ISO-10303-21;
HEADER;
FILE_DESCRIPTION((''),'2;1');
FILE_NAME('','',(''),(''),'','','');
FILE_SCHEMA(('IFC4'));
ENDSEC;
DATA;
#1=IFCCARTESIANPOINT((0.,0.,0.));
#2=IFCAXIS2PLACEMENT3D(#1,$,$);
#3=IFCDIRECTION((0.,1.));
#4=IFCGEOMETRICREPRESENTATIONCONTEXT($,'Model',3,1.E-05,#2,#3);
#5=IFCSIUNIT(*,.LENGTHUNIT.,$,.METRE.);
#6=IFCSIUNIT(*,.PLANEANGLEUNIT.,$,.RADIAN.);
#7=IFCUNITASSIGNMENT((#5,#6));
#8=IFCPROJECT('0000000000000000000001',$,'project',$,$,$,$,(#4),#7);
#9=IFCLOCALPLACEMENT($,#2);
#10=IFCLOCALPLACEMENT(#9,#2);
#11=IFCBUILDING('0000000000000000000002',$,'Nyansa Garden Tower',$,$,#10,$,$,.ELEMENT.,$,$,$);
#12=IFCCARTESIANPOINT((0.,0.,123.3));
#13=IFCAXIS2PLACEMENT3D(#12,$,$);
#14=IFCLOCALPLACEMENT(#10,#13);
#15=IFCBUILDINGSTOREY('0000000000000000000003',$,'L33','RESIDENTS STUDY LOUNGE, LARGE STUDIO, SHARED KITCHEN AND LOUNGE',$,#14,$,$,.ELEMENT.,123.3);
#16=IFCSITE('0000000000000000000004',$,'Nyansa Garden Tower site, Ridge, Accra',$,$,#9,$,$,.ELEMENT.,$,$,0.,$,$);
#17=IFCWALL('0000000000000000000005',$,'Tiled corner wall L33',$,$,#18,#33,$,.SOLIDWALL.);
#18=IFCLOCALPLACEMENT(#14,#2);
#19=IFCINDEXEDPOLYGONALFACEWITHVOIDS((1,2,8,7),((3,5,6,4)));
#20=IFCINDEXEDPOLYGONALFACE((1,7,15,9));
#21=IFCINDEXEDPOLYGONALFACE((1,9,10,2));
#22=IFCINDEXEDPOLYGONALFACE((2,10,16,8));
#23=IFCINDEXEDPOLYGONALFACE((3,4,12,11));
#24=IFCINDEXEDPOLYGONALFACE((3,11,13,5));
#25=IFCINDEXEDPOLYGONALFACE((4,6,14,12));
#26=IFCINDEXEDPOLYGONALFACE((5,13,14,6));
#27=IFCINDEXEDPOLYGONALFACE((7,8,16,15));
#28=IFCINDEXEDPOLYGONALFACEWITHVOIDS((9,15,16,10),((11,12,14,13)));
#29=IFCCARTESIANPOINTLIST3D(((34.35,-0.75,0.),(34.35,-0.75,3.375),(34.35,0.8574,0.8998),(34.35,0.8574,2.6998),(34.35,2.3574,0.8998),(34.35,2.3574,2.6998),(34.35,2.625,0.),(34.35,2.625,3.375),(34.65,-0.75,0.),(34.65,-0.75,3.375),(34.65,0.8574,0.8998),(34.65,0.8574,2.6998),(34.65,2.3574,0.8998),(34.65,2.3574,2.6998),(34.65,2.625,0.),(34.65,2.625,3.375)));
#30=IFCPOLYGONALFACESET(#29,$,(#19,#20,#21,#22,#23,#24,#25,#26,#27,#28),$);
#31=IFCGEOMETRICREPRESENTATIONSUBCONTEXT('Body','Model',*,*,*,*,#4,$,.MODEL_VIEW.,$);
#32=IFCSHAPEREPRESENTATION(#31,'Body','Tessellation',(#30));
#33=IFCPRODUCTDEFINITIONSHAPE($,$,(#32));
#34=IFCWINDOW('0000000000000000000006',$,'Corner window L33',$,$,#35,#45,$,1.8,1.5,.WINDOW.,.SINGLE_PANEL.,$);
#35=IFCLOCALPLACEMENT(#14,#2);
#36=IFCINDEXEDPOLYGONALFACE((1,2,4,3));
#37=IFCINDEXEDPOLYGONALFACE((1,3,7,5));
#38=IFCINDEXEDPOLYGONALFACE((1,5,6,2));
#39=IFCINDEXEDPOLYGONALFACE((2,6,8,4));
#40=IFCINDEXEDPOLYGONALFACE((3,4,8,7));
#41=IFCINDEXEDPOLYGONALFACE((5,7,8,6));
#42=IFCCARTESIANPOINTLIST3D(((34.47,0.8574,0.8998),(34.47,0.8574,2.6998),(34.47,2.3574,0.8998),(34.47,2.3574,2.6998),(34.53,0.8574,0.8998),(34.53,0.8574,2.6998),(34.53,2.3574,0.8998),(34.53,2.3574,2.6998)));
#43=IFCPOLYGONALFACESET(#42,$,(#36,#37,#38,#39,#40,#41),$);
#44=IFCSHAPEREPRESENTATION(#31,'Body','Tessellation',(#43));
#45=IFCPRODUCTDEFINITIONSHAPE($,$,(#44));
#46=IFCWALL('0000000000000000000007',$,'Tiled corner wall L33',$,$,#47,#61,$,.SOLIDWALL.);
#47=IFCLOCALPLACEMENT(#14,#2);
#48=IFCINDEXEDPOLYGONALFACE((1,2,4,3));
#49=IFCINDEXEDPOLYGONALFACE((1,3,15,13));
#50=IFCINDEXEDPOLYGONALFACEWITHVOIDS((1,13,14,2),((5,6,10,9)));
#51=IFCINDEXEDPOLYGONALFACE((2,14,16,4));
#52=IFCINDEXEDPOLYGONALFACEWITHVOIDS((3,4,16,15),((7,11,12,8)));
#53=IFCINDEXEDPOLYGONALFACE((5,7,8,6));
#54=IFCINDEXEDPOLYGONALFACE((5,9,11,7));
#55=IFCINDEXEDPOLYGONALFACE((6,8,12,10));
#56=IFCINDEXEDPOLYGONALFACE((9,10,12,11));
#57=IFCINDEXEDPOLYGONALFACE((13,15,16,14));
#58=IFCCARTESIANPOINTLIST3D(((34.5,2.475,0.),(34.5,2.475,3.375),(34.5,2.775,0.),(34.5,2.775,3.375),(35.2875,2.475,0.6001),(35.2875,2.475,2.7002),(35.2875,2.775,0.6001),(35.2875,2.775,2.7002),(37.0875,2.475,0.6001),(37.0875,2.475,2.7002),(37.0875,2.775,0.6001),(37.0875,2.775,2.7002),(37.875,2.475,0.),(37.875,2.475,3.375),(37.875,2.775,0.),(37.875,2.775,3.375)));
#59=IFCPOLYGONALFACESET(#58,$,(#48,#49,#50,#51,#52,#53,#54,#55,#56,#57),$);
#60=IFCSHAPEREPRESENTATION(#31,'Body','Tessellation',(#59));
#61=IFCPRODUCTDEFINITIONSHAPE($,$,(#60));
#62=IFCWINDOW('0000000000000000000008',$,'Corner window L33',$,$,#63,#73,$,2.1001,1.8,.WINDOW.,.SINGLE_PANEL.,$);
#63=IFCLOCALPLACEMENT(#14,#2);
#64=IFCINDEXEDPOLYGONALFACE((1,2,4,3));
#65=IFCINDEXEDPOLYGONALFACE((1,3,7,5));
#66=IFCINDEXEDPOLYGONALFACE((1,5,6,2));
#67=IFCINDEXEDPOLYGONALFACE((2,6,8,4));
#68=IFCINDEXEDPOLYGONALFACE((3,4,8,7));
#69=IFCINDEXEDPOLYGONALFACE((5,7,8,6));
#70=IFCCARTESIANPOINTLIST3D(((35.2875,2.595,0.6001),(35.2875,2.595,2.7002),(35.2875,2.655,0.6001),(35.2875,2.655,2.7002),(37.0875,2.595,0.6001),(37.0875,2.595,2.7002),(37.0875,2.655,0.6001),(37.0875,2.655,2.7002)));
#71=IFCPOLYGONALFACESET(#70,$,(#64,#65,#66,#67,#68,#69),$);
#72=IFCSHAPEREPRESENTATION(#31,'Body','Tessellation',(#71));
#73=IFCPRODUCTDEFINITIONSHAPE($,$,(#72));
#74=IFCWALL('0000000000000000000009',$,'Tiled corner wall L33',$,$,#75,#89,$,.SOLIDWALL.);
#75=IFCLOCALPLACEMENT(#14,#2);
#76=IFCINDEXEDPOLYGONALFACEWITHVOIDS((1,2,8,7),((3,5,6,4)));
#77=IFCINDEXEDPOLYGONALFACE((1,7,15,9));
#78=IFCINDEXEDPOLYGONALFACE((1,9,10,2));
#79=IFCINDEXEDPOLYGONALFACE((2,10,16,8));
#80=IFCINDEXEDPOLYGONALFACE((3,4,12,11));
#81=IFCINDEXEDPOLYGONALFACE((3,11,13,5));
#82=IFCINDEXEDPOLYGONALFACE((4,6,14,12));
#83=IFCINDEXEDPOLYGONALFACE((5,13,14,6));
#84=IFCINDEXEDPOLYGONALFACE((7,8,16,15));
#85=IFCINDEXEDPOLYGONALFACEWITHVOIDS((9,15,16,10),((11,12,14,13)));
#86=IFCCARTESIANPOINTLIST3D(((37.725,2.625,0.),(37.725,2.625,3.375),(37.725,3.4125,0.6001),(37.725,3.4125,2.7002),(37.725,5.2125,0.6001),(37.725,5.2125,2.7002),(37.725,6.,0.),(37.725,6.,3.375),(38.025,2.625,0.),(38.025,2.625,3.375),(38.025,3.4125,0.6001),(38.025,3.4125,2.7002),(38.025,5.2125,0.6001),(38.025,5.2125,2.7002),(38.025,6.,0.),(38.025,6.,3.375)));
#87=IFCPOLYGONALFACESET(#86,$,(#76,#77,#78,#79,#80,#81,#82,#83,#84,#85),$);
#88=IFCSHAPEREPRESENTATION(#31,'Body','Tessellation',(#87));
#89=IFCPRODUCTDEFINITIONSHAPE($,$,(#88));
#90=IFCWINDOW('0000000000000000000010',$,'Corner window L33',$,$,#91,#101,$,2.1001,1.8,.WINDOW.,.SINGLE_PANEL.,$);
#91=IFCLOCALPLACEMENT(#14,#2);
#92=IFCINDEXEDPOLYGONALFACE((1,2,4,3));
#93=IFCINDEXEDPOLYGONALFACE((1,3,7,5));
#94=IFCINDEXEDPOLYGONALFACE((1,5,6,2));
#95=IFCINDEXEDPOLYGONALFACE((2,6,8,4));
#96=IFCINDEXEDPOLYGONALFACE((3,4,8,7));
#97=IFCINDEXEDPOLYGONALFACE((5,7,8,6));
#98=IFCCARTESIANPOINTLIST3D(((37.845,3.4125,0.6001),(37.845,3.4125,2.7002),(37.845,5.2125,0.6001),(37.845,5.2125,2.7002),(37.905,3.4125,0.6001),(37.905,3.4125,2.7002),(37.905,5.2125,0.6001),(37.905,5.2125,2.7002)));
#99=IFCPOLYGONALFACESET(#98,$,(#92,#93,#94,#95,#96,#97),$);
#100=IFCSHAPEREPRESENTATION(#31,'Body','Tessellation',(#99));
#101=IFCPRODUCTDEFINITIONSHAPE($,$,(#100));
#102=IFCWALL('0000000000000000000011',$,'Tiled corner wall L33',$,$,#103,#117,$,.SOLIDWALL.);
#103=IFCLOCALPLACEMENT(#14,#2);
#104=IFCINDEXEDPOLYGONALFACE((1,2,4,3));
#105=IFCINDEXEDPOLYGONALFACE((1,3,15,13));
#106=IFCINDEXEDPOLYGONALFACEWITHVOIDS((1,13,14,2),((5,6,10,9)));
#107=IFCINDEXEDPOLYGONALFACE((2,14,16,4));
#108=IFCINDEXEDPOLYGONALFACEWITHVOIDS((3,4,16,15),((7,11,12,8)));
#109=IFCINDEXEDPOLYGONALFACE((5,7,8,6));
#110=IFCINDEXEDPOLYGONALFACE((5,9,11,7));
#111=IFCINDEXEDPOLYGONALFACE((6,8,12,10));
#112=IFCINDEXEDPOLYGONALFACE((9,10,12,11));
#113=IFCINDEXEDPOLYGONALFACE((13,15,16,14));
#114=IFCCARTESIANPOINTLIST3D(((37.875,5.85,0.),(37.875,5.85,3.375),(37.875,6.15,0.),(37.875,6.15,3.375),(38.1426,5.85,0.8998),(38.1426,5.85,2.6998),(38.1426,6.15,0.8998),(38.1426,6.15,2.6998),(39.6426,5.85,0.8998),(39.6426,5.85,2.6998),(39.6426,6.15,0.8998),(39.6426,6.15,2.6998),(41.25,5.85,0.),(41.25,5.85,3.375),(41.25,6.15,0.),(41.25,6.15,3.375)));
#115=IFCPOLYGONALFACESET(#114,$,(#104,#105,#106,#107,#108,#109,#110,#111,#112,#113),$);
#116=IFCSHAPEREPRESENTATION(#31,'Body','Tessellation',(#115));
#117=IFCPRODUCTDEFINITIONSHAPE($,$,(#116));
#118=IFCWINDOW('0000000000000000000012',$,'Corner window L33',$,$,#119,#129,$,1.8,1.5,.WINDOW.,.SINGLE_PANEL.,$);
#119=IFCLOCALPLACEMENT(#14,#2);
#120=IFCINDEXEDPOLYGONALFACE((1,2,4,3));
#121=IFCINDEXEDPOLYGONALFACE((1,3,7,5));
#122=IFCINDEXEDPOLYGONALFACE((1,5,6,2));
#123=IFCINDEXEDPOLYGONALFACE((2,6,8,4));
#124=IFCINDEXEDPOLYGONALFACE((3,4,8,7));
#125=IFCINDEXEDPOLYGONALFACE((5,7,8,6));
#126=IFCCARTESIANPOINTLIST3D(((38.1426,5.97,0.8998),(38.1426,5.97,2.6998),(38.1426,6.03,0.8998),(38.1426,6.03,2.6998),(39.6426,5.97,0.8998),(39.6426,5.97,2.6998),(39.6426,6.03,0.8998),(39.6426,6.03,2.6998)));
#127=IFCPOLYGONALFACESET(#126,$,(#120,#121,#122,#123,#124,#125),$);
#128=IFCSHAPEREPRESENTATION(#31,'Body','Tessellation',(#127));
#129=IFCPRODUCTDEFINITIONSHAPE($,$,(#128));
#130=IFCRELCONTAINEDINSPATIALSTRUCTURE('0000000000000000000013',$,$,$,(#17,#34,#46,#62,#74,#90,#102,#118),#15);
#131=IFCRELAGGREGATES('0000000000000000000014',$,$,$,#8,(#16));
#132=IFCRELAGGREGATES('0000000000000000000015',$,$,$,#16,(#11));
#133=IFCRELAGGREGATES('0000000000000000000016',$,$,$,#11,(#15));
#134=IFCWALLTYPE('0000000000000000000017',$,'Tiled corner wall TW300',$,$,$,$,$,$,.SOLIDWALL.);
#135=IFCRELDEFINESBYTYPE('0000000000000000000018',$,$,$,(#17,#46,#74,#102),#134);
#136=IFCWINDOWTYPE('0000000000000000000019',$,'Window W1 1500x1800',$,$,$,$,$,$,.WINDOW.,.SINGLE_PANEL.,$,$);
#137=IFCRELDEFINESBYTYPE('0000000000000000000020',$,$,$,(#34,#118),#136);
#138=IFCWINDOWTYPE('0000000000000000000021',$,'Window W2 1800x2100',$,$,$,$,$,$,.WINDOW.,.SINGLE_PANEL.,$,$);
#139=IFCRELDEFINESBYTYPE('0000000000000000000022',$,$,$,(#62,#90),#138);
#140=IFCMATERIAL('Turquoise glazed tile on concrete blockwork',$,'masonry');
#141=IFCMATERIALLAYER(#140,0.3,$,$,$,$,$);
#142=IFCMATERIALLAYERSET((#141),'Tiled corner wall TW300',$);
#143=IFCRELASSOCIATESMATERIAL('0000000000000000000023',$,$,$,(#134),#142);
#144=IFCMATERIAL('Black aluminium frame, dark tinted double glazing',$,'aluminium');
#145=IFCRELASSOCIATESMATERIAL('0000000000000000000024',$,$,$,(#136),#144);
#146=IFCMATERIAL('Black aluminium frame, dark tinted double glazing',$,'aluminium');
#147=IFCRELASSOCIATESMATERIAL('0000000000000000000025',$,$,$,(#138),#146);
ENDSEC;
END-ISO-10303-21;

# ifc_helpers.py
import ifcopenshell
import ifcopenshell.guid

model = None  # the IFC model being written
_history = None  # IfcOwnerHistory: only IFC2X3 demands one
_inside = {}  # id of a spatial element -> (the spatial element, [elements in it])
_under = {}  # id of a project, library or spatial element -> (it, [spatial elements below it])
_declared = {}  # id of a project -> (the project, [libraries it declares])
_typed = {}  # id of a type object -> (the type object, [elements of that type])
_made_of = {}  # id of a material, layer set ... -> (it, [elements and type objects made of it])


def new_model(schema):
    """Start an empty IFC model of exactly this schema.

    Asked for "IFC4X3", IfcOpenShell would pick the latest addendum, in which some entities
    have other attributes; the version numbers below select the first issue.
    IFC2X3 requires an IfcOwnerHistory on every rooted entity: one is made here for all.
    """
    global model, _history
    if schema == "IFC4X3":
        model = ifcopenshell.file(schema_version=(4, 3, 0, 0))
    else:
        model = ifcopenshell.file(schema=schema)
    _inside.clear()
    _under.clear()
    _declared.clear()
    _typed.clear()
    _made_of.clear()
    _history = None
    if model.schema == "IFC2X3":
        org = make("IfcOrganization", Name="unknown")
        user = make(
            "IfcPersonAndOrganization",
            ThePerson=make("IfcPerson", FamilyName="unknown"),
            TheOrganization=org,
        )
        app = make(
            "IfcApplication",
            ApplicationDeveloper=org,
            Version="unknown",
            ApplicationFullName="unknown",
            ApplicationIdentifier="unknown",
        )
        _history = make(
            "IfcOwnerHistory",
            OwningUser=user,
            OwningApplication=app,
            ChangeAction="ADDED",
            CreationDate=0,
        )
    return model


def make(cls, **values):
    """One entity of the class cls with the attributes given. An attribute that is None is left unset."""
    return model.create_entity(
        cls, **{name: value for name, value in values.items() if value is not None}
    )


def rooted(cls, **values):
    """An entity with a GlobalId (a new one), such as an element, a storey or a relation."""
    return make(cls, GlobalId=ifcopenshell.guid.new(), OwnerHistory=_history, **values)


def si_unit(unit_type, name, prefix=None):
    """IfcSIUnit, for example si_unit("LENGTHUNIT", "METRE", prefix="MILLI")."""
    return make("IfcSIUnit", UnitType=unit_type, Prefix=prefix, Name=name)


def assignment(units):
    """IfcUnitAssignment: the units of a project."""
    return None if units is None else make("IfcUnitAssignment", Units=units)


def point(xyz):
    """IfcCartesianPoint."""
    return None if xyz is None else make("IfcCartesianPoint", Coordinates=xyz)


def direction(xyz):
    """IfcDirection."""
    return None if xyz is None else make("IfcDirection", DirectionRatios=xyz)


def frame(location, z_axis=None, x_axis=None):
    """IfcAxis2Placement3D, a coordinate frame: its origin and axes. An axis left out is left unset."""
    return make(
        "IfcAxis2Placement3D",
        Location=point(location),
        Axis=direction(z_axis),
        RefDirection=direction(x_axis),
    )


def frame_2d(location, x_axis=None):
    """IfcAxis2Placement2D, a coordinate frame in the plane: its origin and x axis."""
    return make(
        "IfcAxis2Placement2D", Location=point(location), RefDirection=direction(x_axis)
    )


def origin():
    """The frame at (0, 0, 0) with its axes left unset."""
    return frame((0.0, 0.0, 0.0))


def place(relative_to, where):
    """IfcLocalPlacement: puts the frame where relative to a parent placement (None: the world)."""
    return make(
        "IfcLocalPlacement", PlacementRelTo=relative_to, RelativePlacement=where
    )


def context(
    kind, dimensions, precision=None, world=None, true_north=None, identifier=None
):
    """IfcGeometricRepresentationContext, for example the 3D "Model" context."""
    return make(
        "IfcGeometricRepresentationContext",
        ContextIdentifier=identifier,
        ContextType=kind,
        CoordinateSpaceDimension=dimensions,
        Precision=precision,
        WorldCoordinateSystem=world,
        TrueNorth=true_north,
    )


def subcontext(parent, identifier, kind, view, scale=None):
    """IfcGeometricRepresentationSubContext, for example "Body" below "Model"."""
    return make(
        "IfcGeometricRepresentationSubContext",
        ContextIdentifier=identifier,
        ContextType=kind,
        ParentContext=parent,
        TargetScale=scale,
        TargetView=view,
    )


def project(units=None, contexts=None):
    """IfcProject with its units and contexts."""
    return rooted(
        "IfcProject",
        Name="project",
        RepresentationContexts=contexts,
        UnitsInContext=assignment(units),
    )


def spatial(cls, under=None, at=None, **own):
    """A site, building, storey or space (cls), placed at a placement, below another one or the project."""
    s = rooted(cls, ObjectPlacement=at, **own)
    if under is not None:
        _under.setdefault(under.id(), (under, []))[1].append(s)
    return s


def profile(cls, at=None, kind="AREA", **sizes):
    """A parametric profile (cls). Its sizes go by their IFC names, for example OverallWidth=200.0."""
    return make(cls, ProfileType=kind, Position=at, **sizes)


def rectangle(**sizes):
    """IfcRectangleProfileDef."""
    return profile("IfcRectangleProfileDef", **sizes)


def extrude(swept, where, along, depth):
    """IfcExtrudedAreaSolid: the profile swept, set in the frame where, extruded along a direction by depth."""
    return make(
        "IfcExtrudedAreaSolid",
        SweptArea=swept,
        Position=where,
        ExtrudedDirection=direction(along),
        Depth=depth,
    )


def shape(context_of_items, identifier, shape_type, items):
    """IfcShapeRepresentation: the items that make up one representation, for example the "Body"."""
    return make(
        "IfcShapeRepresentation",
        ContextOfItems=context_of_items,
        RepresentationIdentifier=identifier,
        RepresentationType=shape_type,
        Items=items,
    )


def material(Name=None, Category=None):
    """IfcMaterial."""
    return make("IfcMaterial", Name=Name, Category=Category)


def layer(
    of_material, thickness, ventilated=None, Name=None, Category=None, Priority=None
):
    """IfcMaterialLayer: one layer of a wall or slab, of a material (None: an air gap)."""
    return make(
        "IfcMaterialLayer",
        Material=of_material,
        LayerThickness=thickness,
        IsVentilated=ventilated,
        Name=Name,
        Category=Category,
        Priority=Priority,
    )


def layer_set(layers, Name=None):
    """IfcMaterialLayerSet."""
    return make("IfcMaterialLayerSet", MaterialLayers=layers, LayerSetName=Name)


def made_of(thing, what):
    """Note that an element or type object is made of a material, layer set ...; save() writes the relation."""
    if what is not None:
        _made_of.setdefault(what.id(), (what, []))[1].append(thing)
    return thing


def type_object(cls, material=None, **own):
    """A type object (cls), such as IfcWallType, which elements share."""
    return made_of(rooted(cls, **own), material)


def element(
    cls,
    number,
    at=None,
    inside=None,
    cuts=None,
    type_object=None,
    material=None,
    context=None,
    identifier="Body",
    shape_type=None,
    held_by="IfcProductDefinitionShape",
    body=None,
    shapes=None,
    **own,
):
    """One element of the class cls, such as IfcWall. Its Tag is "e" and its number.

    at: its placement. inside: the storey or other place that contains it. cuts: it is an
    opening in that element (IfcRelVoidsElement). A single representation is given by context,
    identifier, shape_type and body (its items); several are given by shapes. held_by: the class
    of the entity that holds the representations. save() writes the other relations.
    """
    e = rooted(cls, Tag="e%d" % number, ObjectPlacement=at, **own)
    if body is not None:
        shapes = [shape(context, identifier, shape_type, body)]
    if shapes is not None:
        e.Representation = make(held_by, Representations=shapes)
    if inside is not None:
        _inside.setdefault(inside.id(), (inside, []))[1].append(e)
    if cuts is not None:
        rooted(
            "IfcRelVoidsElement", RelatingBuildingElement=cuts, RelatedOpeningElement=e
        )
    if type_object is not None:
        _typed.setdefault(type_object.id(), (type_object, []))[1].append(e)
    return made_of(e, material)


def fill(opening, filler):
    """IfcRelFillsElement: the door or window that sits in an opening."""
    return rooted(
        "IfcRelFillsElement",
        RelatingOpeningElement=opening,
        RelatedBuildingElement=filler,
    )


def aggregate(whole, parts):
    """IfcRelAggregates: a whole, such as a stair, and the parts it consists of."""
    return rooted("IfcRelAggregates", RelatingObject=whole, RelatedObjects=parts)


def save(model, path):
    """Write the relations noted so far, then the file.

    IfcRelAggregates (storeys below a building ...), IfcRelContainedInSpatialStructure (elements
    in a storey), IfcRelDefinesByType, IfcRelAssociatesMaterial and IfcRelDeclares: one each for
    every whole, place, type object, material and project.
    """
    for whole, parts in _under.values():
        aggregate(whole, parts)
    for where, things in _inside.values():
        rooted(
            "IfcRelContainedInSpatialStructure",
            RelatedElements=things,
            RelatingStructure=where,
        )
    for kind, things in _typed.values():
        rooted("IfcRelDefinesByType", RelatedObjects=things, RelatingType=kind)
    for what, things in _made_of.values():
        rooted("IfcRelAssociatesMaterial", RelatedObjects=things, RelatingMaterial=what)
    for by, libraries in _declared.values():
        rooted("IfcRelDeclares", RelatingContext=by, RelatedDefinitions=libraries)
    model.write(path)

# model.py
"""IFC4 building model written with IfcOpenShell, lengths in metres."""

from ifc_helpers import new_model, si_unit, direction, frame, frame_2d, origin, place, context, subcontext, project, spatial, rectangle, extrude, material, layer, layer_set, type_object, element, fill, save


model = new_model("IFC4")

# Units and contexts
model_context = context("Model", 3, precision=1e-05, world=origin(), true_north=direction((0.0, 1.0)))
body_context = subcontext(model_context, "Body", "Model", "MODEL_VIEW")
ifc_project = project(units=[si_unit("LENGTHUNIT", "METRE"), si_unit("PLANEANGLEUNIT", "RADIAN")], contexts=[model_context])

# Site, building, storey
site_placement = place(None, origin())
site = spatial("IfcSite", under=ifc_project, at=site_placement, Name="Nyansa Garden Tower site, Ridge, Accra", CompositionType="ELEMENT", RefElevation=0.0)
building_placement = place(site_placement, origin())
building = spatial("IfcBuilding", under=site, at=building_placement, Name="Nyansa Garden Tower", CompositionType="ELEMENT")
storey_placement = place(building_placement, frame((0.0, 0.0, 123.3)))
storey = spatial("IfcBuildingStorey", under=building, at=storey_placement, Name="L33", Description="RESIDENTS STUDY LOUNGE, LARGE STUDIO, SHARED KITCHEN AND LOUNGE", CompositionType="ELEMENT", Elevation=123.3)

# Walls, openings, windows
ifc_material_1 = material(Name="Turquoise glazed tile on concrete blockwork", Category="masonry")
ifc_layer_1 = layer(ifc_material_1, 0.3)
ifc_layer_set_1 = layer_set([ifc_layer_1], Name="Tiled corner wall TW300")
wall_type_1 = type_object("IfcWallType", Name="Tiled corner wall TW300", PredefinedType="SOLIDWALL", material=ifc_layer_set_1)
wall_1_placement = place(storey_placement, frame((34.5, -0.75, 0.0), z_axis=(0.0, 0.0, 1.0), x_axis=(0.0, 1.0, 0.0)))
wall_1 = element("IfcWall", 1, at=wall_1_placement, inside=storey, type_object=wall_type_1, Name="Tiled corner wall L33", PredefinedType="SOLIDWALL", context=body_context, shape_type="SweptSolid", body=[
    extrude(rectangle(XDim=3.375, YDim=0.3, at=frame_2d((1.6875, 0.0))), origin(), (0.0, 0.0, 1.0), 3.375),
])
opening_1_placement = place(wall_1_placement, frame((1.6074, 0.0, 0.8999)))
opening_1 = element("IfcOpeningElement", 2, at=opening_1_placement, cuts=wall_1, PredefinedType="OPENING", context=body_context, shape_type="SweptSolid", body=[
    extrude(rectangle(XDim=1.5, YDim=1.8, at=frame_2d((0.75, 0.8999))), frame((0.0, 0.1599, 0.0), z_axis=(0.0, -1.0, 0.0), x_axis=(1.0, 0.0, 0.0)), (0.0, 0.0, 1.0), 0.3201),
])
ifc_material_2 = material(Name="Black aluminium frame, dark tinted double glazing", Category="aluminium")
window_type_1 = type_object("IfcWindowType", Name="Window W1 1500x1800", PartitioningType="SINGLE_PANEL", PredefinedType="WINDOW", material=ifc_material_2)
window_1_placement = place(opening_1_placement, origin())
window_1 = element("IfcWindow", 3, at=window_1_placement, inside=storey, type_object=window_type_1, Name="Corner window L33", OverallHeight=1.8, OverallWidth=1.5, PartitioningType="SINGLE_PANEL", PredefinedType="WINDOW", context=body_context, shape_type="SweptSolid", body=[
    extrude(rectangle(XDim=1.5, YDim=1.8, at=frame_2d((0.75, 0.8999))), frame((0.0, 0.03, 0.0), z_axis=(0.0, -1.0, 0.0), x_axis=(1.0, 0.0, 0.0)), (0.0, 0.0, 1.0), 0.0601),
])
fill(opening_1, window_1)
wall_2_placement = place(storey_placement, frame((34.5, 2.625, 0.0), z_axis=(0.0, 0.0, 1.0), x_axis=(1.0, 0.0, 0.0)))
wall_2 = element("IfcWall", 4, at=wall_2_placement, inside=storey, type_object=wall_type_1, Name="Tiled corner wall L33", PredefinedType="SOLIDWALL", context=body_context, shape_type="SweptSolid", body=[
    extrude(rectangle(XDim=3.375, YDim=0.3, at=frame_2d((1.6875, 0.0))), origin(), (0.0, 0.0, 1.0), 3.375),
])
opening_2_placement = place(wall_2_placement, frame((0.7876, 0.0, 0.6001)))
opening_2 = element("IfcOpeningElement", 5, at=opening_2_placement, cuts=wall_2, PredefinedType="OPENING", context=body_context, shape_type="SweptSolid", body=[
    extrude(rectangle(XDim=1.8, YDim=2.1001, at=frame_2d((0.8999, 1.05))), frame((0.0, 0.1599, 0.0), z_axis=(0.0, -1.0, 0.0), x_axis=(1.0, 0.0, 0.0)), (0.0, 0.0, 1.0), 0.3201),
])
ifc_material_3 = material(Name="Black aluminium frame, dark tinted double glazing", Category="aluminium")
window_type_2 = type_object("IfcWindowType", Name="Window W2 1800x2100", PartitioningType="SINGLE_PANEL", PredefinedType="WINDOW", material=ifc_material_3)
window_2_placement = place(opening_2_placement, origin())
window_2 = element("IfcWindow", 6, at=window_2_placement, inside=storey, type_object=window_type_2, Name="Corner window L33", OverallHeight=2.1001, OverallWidth=1.8, PartitioningType="SINGLE_PANEL", PredefinedType="WINDOW", context=body_context, shape_type="SweptSolid", body=[
    extrude(rectangle(XDim=1.8, YDim=2.1001, at=frame_2d((0.8999, 1.05))), frame((0.0, 0.03, 0.0), z_axis=(0.0, -1.0, 0.0), x_axis=(1.0, 0.0, 0.0)), (0.0, 0.0, 1.0), 0.0601),
])
fill(opening_2, window_2)
wall_3_placement = place(storey_placement, frame((37.875, 2.625, 0.0), z_axis=(0.0, 0.0, 1.0), x_axis=(0.0, 1.0, 0.0)))
wall_3 = element("IfcWall", 7, at=wall_3_placement, inside=storey, type_object=wall_type_1, Name="Tiled corner wall L33", PredefinedType="SOLIDWALL", context=body_context, shape_type="SweptSolid", body=[
    extrude(rectangle(XDim=3.375, YDim=0.3, at=frame_2d((1.6875, 0.0))), origin(), (0.0, 0.0, 1.0), 3.375),
])
opening_3_placement = place(wall_3_placement, frame((0.7876, 0.0, 0.6001)))
opening_3 = element("IfcOpeningElement", 8, at=opening_3_placement, cuts=wall_3, PredefinedType="OPENING", context=body_context, shape_type="SweptSolid", body=[
    extrude(rectangle(XDim=1.8, YDim=2.1001, at=frame_2d((0.8999, 1.05))), frame((0.0, 0.1599, 0.0), z_axis=(0.0, -1.0, 0.0), x_axis=(1.0, 0.0, 0.0)), (0.0, 0.0, 1.0), 0.3201),
])
window_3_placement = place(opening_3_placement, origin())
window_3 = element("IfcWindow", 9, at=window_3_placement, inside=storey, type_object=window_type_2, Name="Corner window L33", OverallHeight=2.1001, OverallWidth=1.8, PartitioningType="SINGLE_PANEL", PredefinedType="WINDOW", context=body_context, shape_type="SweptSolid", body=[
    extrude(rectangle(XDim=1.8, YDim=2.1001, at=frame_2d((0.8999, 1.05))), frame((0.0, 0.03, 0.0), z_axis=(0.0, -1.0, 0.0), x_axis=(1.0, 0.0, 0.0)), (0.0, 0.0, 1.0), 0.0601),
])
fill(opening_3, window_3)
wall_4_placement = place(storey_placement, frame((37.875, 6.0, 0.0), z_axis=(0.0, 0.0, 1.0), x_axis=(1.0, 0.0, 0.0)))
wall_4 = element("IfcWall", 10, at=wall_4_placement, inside=storey, type_object=wall_type_1, Name="Tiled corner wall L33", PredefinedType="SOLIDWALL", context=body_context, shape_type="SweptSolid", body=[
    extrude(rectangle(XDim=3.375, YDim=0.3, at=frame_2d((1.6875, 0.0))), origin(), (0.0, 0.0, 1.0), 3.375),
])
opening_4_placement = place(wall_4_placement, frame((0.2676, 0.0, 0.8999)))
opening_4 = element("IfcOpeningElement", 11, at=opening_4_placement, cuts=wall_4, PredefinedType="OPENING", context=body_context, shape_type="SweptSolid", body=[
    extrude(rectangle(XDim=1.5, YDim=1.8, at=frame_2d((0.75, 0.8999))), frame((0.0, 0.1599, 0.0), z_axis=(0.0, -1.0, 0.0), x_axis=(1.0, 0.0, 0.0)), (0.0, 0.0, 1.0), 0.3201),
])
window_4_placement = place(opening_4_placement, origin())
window_4 = element("IfcWindow", 12, at=window_4_placement, inside=storey, type_object=window_type_1, Name="Corner window L33", OverallHeight=1.8, OverallWidth=1.5, PartitioningType="SINGLE_PANEL", PredefinedType="WINDOW", context=body_context, shape_type="SweptSolid", body=[
    extrude(rectangle(XDim=1.5, YDim=1.8, at=frame_2d((0.75, 0.8999))), frame((0.0, 0.03, 0.0), z_axis=(0.0, -1.0, 0.0), x_axis=(1.0, 0.0, 0.0)), (0.0, 0.0, 1.0), 0.0601),
])
fill(opening_4, window_4)

save(model, "model.ifc")
